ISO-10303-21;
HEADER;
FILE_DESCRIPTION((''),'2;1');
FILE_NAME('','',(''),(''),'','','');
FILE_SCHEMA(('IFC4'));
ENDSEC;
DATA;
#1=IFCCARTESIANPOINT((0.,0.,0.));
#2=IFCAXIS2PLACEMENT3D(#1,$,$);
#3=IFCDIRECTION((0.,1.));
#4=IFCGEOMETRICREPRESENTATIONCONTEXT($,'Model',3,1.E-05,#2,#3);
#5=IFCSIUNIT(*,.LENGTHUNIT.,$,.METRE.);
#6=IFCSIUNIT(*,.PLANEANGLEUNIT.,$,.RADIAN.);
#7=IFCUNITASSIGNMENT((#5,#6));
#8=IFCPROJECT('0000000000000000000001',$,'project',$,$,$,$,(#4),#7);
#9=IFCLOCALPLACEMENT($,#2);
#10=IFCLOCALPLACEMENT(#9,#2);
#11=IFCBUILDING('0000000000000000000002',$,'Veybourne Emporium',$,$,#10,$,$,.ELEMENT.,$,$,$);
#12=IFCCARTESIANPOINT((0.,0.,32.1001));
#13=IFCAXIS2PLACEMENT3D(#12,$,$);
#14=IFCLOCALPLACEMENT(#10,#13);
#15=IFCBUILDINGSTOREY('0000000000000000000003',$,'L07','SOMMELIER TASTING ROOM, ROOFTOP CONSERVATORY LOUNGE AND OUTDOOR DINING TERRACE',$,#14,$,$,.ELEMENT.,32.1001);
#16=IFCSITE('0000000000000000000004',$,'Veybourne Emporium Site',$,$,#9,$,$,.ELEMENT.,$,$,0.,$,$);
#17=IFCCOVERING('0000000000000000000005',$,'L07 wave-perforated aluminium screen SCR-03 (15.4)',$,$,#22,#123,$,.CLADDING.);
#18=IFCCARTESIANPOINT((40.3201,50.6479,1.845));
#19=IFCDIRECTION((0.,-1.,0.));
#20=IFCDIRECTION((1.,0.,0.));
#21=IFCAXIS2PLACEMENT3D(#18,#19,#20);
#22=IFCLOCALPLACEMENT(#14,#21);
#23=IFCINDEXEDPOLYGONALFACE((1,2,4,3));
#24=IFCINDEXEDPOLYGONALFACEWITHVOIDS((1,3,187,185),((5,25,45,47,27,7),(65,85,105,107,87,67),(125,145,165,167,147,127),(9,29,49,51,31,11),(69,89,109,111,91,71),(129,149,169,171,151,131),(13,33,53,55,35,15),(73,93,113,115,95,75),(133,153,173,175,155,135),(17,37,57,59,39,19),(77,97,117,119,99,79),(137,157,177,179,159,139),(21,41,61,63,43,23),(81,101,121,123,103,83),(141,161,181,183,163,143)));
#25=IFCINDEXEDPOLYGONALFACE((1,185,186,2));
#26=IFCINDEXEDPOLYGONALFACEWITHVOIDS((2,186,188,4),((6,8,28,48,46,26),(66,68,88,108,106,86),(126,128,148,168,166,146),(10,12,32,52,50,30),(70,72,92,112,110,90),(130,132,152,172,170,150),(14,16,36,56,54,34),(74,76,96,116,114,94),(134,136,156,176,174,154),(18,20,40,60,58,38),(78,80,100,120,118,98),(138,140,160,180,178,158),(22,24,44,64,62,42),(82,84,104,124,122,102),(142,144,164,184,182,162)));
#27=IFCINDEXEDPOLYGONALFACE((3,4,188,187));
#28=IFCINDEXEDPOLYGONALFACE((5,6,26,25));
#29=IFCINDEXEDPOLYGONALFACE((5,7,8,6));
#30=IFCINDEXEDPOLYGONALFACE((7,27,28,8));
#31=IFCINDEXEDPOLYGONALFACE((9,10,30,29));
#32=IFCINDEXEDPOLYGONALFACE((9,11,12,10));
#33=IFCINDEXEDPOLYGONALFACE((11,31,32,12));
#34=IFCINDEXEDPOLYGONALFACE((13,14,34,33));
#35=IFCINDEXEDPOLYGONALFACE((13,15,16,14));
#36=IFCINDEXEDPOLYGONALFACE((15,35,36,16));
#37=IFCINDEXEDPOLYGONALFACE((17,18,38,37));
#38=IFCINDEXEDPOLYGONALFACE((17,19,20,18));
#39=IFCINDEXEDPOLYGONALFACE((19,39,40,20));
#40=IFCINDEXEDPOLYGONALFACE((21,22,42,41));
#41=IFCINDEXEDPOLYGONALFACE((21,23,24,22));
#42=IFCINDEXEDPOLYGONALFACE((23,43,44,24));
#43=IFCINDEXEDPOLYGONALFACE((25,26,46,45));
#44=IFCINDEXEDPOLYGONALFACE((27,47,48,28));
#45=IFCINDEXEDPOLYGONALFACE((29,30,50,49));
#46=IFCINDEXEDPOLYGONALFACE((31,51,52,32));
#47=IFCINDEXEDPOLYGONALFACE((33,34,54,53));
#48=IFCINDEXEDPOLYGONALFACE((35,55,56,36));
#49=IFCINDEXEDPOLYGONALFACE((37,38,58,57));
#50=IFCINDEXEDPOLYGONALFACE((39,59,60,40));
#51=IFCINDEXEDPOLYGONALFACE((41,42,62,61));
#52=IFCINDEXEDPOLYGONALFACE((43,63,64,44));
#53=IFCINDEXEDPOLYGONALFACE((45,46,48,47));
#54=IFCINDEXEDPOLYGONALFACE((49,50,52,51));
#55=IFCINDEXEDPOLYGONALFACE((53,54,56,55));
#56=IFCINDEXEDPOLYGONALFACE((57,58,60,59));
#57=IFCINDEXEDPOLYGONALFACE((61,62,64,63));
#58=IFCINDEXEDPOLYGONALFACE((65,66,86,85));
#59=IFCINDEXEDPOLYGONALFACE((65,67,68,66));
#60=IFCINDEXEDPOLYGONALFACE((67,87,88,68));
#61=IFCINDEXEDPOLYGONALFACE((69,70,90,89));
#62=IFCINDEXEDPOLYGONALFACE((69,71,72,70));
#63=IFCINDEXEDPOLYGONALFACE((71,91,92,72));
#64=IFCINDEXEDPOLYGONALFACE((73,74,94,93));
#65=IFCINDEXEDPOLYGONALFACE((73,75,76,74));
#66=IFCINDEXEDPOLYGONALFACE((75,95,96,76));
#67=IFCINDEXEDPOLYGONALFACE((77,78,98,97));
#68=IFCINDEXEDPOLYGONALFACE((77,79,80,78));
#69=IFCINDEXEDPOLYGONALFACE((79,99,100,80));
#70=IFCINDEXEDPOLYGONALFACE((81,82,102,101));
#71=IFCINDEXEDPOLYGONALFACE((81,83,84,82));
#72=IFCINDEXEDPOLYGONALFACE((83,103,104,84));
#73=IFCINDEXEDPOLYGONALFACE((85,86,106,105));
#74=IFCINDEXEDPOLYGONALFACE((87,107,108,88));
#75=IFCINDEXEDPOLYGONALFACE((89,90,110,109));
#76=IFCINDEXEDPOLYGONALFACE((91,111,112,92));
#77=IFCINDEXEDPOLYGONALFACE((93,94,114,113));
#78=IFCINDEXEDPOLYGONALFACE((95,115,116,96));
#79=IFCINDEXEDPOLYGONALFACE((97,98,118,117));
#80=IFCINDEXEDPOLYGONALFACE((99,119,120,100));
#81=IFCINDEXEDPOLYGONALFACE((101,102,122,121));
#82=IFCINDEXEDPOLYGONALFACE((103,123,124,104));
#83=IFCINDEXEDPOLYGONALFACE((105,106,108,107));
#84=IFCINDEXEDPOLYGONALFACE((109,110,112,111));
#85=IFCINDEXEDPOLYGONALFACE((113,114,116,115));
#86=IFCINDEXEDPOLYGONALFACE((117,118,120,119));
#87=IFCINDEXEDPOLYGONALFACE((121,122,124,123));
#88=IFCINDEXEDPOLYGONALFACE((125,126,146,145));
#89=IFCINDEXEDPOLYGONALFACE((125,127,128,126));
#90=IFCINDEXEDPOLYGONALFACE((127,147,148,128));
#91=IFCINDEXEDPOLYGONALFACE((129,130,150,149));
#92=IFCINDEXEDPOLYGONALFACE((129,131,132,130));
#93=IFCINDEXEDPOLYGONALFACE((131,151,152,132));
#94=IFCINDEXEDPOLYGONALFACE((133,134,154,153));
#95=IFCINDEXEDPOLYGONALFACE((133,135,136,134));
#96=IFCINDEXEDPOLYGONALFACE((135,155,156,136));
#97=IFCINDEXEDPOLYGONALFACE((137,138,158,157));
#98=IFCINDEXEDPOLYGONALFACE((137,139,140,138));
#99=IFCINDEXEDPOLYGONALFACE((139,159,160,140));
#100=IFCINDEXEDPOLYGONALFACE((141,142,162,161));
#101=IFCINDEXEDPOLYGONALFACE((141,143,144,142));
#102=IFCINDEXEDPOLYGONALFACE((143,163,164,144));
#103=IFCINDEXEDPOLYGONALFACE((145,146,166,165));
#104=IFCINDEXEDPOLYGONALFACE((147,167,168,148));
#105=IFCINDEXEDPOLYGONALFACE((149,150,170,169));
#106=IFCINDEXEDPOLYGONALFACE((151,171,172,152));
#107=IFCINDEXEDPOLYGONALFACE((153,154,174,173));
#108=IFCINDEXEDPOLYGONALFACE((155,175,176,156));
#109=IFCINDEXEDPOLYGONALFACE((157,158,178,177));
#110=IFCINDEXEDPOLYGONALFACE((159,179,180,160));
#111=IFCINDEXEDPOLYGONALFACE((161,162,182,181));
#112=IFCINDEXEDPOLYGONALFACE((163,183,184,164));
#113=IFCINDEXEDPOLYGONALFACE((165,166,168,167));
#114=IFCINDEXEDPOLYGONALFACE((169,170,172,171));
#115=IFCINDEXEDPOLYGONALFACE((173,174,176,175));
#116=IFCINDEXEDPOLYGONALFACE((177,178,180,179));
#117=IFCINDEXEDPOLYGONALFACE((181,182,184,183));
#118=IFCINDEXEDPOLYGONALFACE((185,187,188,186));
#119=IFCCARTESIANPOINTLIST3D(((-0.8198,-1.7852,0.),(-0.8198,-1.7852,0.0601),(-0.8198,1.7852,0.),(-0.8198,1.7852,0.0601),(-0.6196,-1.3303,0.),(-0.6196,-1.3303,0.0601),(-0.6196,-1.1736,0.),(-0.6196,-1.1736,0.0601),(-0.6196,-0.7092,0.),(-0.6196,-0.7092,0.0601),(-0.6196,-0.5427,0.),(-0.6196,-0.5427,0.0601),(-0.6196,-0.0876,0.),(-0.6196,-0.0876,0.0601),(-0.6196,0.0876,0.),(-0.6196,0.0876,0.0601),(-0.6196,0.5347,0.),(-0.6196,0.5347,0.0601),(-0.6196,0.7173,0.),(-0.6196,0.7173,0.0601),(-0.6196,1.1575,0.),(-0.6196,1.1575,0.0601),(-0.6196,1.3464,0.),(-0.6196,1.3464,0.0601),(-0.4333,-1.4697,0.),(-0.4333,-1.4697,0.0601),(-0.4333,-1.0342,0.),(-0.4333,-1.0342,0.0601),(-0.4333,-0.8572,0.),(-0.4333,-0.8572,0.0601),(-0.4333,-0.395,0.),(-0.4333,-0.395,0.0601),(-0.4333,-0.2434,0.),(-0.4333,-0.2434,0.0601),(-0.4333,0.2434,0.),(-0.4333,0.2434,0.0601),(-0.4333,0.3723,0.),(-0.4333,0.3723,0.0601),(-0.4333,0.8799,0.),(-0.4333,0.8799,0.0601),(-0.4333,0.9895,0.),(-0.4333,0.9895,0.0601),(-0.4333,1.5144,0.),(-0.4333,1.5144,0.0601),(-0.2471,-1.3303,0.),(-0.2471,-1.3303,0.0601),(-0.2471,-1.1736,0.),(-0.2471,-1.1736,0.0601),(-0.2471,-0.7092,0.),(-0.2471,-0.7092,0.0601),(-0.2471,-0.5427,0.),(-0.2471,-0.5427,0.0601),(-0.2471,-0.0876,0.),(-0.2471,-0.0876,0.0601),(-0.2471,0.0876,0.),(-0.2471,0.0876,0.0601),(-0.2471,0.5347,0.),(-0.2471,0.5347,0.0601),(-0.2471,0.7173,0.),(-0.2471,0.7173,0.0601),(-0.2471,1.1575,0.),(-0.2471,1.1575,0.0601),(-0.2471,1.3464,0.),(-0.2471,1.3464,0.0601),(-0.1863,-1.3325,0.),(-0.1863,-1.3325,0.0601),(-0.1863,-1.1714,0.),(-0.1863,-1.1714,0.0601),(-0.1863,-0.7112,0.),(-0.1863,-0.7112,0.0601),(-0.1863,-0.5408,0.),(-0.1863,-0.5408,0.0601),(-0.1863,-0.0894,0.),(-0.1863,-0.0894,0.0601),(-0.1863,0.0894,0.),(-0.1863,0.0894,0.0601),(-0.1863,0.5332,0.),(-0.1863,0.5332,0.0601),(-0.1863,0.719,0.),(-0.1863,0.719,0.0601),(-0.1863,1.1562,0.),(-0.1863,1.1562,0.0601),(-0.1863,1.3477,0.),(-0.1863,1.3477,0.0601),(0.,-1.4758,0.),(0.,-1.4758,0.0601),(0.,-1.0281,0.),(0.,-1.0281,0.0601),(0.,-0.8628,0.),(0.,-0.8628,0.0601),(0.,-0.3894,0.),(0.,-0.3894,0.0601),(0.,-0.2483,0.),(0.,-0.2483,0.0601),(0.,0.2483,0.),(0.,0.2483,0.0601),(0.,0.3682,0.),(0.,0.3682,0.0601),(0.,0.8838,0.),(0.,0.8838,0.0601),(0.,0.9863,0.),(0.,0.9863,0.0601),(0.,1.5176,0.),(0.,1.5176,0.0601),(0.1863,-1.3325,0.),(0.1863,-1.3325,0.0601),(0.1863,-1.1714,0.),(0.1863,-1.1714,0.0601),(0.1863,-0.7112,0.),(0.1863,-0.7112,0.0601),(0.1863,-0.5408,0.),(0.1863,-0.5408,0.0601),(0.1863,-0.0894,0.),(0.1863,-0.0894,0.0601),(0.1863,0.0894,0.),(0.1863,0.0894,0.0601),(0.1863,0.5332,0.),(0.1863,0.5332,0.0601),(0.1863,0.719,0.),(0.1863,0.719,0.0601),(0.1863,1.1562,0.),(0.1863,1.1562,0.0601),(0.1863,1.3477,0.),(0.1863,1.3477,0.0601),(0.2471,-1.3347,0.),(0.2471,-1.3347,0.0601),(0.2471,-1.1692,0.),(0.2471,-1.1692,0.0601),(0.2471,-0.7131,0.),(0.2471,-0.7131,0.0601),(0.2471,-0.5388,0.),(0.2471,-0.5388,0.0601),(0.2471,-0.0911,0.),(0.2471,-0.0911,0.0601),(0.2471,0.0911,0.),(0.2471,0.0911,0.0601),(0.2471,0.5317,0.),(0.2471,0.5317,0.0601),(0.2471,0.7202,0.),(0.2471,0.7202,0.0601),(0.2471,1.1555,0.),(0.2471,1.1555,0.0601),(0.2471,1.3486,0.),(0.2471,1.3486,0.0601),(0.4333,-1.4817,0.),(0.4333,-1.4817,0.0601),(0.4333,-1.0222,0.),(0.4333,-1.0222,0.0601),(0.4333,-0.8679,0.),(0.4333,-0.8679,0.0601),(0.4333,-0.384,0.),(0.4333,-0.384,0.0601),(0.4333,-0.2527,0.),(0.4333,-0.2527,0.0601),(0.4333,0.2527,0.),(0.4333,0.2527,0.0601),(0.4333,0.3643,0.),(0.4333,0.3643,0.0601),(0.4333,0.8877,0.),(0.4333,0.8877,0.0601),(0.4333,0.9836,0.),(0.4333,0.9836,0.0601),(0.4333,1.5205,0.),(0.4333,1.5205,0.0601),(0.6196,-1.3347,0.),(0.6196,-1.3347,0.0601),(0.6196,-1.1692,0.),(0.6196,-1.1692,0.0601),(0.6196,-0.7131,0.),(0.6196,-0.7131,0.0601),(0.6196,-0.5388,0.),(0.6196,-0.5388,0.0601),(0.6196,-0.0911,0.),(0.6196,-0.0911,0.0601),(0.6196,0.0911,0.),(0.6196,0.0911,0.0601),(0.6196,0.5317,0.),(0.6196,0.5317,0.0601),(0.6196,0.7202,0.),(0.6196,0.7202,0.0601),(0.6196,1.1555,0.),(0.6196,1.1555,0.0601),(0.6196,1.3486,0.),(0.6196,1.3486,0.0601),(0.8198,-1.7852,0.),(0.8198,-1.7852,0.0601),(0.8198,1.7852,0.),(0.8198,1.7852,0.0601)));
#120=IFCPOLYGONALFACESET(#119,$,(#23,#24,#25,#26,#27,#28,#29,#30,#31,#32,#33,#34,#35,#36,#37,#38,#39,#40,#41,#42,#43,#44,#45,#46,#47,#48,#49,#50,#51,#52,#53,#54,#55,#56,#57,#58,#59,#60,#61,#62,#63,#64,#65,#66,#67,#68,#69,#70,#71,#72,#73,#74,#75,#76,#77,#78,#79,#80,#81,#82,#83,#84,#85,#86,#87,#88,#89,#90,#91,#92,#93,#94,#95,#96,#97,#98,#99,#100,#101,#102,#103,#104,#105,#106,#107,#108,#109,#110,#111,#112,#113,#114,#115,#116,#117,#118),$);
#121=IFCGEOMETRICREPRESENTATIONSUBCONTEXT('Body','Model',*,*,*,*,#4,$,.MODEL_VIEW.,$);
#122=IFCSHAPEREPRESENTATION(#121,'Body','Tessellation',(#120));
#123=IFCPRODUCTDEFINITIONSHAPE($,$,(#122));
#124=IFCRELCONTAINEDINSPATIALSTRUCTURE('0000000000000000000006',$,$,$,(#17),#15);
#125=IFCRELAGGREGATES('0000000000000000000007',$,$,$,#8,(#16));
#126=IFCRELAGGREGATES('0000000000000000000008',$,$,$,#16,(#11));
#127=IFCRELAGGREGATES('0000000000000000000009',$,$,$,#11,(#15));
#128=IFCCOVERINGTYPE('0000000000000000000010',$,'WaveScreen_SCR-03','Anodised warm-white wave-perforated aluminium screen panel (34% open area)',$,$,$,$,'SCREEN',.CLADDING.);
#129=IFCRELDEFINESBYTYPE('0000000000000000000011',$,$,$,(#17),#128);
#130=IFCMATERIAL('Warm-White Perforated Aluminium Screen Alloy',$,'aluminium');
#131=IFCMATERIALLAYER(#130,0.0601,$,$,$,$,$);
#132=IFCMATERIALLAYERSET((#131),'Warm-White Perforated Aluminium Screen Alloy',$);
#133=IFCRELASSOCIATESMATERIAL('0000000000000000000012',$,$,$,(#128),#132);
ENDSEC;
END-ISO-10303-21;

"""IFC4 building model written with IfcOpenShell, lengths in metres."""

from ifc_helpers import new_model, si_unit, direction, frame, origin, place, context, subcontext, project, spatial, polyline, outline, extrude, material, layer, layer_set, type_object, element, save


model = new_model("IFC4")

# Units and contexts
model_context = context("Model", 3, precision=1e-05, world=origin(), true_north=direction((0.0, 1.0)))
body_context = subcontext(model_context, "Body", "Model", "MODEL_VIEW")
ifc_project = project(units=[si_unit("LENGTHUNIT", "METRE"), si_unit("PLANEANGLEUNIT", "RADIAN")], contexts=[model_context])

# Site, building, storey
site_placement = place(None, origin())
site = spatial("IfcSite", under=ifc_project, at=site_placement, Name="Veybourne Emporium Site", CompositionType="ELEMENT", RefElevation=0.0)
building_placement = place(site_placement, origin())
building = spatial("IfcBuilding", under=site, at=building_placement, Name="Veybourne Emporium", CompositionType="ELEMENT")
storey_placement = place(building_placement, frame((0.0, 0.0, 32.1001)))
storey = spatial("IfcBuildingStorey", under=building, at=storey_placement, Name="L07", Description="SOMMELIER TASTING ROOM, ROOFTOP CONSERVATORY LOUNGE AND OUTDOOR DINING TERRACE", CompositionType="ELEMENT", Elevation=32.1001)

# Covering
ifc_material_1 = material(Name="Warm-White Perforated Aluminium Screen Alloy", Category="aluminium")
ifc_layer_1 = layer(ifc_material_1, 0.0601)
ifc_layer_set_1 = layer_set([ifc_layer_1], Name="Warm-White Perforated Aluminium Screen Alloy")
covering_type_1 = type_object("IfcCoveringType", Name="WaveScreen_SCR-03", Description="Anodised warm-white wave-perforated aluminium screen panel (34% open area)", ElementType="SCREEN", PredefinedType="CLADDING", material=ifc_layer_set_1)
covering_1_placement = place(storey_placement, frame((40.3201, 50.6479, 1.845), z_axis=(0.0, -1.0, 0.0), x_axis=(1.0, 0.0, 0.0)))
element("IfcCovering", 1, at=covering_1_placement, inside=storey, type_object=covering_type_1, Name="L07 wave-perforated aluminium screen SCR-03 (15.4)", PredefinedType="CLADDING", context=body_context, shape_type="SweptSolid", body=[
    extrude(outline(polyline([(-0.8198, -1.7852), (0.8198, -1.7852), (0.8198, 1.7852), (-0.8198, 1.7852), (-0.8198, -1.7852)]), holes=[polyline([(-0.4333, -1.0342), (-0.2471, -1.1736), (-0.2471, -1.3303), (-0.4333, -1.4697), (-0.6196, -1.3303), (-0.6196, -1.1736), (-0.4333, -1.0342)]), polyline([(-0.4333, -0.395), (-0.2471, -0.5427), (-0.2471, -0.7092), (-0.4333, -0.8572), (-0.6196, -0.7092), (-0.6196, -0.5427), (-0.4333, -0.395)]), polyline([(-0.4333, 0.2434), (-0.2471, 0.0876), (-0.2471, -0.0876), (-0.4333, -0.2434), (-0.6196, -0.0876), (-0.6196, 0.0876), (-0.4333, 0.2434)]), polyline([(-0.4333, 0.8799), (-0.2471, 0.7173), (-0.2471, 0.5347), (-0.4333, 0.3723), (-0.6196, 0.5347), (-0.6196, 0.7173), (-0.4333, 0.8799)]), polyline([(-0.4333, 1.5144), (-0.2471, 1.3464), (-0.2471, 1.1575), (-0.4333, 0.9895), (-0.6196, 1.1575), (-0.6196, 1.3464), (-0.4333, 1.5144)]), polyline([(0.0, -1.0281), (0.1863, -1.1714), (0.1863, -1.3325), (0.0, -1.4758), (-0.1863, -1.3325), (-0.1863, -1.1714), (0.0, -1.0281)]), polyline([(0.0, -0.3894), (0.1863, -0.5408), (0.1863, -0.7112), (0.0, -0.8628), (-0.1863, -0.7112), (-0.1863, -0.5408), (0.0, -0.3894)]), polyline([(0.0, 0.2483), (0.1863, 0.0894), (0.1863, -0.0894), (0.0, -0.2483), (-0.1863, -0.0894), (-0.1863, 0.0894), (0.0, 0.2483)]), polyline([(0.0, 0.8838), (0.1863, 0.719), (0.1863, 0.5332), (0.0, 0.3682), (-0.1863, 0.5332), (-0.1863, 0.719), (0.0, 0.8838)]), polyline([(0.0, 1.5176), (0.1863, 1.3477), (0.1863, 1.1562), (0.0, 0.9863), (-0.1863, 1.1562), (-0.1863, 1.3477), (0.0, 1.5176)]), polyline([(0.4333, -1.0222), (0.6196, -1.1692), (0.6196, -1.3347), (0.4333, -1.4817), (0.2471, -1.3347), (0.2471, -1.1692), (0.4333, -1.0222)]), polyline([(0.4333, -0.384), (0.6196, -0.5388), (0.6196, -0.7131), (0.4333, -0.8679), (0.2471, -0.7131), (0.2471, -0.5388), (0.4333, -0.384)]), polyline([(0.4333, 0.2527), (0.6196, 0.0911), (0.6196, -0.0911), (0.4333, -0.2527), (0.2471, -0.0911), (0.2471, 0.0911), (0.4333, 0.2527)]), polyline([(0.4333, 0.8877), (0.6196, 0.7202), (0.6196, 0.5317), (0.4333, 0.3643), (0.2471, 0.5317), (0.2471, 0.7202), (0.4333, 0.8877)]), polyline([(0.4333, 1.5205), (0.6196, 1.3486), (0.6196, 1.1555), (0.4333, 0.9836), (0.2471, 1.1555), (0.2471, 1.3486), (0.4333, 1.5205)])]), origin(), (0.0, 0.0, 1.0), 0.0601),
])

save(model, "model.ifc")
